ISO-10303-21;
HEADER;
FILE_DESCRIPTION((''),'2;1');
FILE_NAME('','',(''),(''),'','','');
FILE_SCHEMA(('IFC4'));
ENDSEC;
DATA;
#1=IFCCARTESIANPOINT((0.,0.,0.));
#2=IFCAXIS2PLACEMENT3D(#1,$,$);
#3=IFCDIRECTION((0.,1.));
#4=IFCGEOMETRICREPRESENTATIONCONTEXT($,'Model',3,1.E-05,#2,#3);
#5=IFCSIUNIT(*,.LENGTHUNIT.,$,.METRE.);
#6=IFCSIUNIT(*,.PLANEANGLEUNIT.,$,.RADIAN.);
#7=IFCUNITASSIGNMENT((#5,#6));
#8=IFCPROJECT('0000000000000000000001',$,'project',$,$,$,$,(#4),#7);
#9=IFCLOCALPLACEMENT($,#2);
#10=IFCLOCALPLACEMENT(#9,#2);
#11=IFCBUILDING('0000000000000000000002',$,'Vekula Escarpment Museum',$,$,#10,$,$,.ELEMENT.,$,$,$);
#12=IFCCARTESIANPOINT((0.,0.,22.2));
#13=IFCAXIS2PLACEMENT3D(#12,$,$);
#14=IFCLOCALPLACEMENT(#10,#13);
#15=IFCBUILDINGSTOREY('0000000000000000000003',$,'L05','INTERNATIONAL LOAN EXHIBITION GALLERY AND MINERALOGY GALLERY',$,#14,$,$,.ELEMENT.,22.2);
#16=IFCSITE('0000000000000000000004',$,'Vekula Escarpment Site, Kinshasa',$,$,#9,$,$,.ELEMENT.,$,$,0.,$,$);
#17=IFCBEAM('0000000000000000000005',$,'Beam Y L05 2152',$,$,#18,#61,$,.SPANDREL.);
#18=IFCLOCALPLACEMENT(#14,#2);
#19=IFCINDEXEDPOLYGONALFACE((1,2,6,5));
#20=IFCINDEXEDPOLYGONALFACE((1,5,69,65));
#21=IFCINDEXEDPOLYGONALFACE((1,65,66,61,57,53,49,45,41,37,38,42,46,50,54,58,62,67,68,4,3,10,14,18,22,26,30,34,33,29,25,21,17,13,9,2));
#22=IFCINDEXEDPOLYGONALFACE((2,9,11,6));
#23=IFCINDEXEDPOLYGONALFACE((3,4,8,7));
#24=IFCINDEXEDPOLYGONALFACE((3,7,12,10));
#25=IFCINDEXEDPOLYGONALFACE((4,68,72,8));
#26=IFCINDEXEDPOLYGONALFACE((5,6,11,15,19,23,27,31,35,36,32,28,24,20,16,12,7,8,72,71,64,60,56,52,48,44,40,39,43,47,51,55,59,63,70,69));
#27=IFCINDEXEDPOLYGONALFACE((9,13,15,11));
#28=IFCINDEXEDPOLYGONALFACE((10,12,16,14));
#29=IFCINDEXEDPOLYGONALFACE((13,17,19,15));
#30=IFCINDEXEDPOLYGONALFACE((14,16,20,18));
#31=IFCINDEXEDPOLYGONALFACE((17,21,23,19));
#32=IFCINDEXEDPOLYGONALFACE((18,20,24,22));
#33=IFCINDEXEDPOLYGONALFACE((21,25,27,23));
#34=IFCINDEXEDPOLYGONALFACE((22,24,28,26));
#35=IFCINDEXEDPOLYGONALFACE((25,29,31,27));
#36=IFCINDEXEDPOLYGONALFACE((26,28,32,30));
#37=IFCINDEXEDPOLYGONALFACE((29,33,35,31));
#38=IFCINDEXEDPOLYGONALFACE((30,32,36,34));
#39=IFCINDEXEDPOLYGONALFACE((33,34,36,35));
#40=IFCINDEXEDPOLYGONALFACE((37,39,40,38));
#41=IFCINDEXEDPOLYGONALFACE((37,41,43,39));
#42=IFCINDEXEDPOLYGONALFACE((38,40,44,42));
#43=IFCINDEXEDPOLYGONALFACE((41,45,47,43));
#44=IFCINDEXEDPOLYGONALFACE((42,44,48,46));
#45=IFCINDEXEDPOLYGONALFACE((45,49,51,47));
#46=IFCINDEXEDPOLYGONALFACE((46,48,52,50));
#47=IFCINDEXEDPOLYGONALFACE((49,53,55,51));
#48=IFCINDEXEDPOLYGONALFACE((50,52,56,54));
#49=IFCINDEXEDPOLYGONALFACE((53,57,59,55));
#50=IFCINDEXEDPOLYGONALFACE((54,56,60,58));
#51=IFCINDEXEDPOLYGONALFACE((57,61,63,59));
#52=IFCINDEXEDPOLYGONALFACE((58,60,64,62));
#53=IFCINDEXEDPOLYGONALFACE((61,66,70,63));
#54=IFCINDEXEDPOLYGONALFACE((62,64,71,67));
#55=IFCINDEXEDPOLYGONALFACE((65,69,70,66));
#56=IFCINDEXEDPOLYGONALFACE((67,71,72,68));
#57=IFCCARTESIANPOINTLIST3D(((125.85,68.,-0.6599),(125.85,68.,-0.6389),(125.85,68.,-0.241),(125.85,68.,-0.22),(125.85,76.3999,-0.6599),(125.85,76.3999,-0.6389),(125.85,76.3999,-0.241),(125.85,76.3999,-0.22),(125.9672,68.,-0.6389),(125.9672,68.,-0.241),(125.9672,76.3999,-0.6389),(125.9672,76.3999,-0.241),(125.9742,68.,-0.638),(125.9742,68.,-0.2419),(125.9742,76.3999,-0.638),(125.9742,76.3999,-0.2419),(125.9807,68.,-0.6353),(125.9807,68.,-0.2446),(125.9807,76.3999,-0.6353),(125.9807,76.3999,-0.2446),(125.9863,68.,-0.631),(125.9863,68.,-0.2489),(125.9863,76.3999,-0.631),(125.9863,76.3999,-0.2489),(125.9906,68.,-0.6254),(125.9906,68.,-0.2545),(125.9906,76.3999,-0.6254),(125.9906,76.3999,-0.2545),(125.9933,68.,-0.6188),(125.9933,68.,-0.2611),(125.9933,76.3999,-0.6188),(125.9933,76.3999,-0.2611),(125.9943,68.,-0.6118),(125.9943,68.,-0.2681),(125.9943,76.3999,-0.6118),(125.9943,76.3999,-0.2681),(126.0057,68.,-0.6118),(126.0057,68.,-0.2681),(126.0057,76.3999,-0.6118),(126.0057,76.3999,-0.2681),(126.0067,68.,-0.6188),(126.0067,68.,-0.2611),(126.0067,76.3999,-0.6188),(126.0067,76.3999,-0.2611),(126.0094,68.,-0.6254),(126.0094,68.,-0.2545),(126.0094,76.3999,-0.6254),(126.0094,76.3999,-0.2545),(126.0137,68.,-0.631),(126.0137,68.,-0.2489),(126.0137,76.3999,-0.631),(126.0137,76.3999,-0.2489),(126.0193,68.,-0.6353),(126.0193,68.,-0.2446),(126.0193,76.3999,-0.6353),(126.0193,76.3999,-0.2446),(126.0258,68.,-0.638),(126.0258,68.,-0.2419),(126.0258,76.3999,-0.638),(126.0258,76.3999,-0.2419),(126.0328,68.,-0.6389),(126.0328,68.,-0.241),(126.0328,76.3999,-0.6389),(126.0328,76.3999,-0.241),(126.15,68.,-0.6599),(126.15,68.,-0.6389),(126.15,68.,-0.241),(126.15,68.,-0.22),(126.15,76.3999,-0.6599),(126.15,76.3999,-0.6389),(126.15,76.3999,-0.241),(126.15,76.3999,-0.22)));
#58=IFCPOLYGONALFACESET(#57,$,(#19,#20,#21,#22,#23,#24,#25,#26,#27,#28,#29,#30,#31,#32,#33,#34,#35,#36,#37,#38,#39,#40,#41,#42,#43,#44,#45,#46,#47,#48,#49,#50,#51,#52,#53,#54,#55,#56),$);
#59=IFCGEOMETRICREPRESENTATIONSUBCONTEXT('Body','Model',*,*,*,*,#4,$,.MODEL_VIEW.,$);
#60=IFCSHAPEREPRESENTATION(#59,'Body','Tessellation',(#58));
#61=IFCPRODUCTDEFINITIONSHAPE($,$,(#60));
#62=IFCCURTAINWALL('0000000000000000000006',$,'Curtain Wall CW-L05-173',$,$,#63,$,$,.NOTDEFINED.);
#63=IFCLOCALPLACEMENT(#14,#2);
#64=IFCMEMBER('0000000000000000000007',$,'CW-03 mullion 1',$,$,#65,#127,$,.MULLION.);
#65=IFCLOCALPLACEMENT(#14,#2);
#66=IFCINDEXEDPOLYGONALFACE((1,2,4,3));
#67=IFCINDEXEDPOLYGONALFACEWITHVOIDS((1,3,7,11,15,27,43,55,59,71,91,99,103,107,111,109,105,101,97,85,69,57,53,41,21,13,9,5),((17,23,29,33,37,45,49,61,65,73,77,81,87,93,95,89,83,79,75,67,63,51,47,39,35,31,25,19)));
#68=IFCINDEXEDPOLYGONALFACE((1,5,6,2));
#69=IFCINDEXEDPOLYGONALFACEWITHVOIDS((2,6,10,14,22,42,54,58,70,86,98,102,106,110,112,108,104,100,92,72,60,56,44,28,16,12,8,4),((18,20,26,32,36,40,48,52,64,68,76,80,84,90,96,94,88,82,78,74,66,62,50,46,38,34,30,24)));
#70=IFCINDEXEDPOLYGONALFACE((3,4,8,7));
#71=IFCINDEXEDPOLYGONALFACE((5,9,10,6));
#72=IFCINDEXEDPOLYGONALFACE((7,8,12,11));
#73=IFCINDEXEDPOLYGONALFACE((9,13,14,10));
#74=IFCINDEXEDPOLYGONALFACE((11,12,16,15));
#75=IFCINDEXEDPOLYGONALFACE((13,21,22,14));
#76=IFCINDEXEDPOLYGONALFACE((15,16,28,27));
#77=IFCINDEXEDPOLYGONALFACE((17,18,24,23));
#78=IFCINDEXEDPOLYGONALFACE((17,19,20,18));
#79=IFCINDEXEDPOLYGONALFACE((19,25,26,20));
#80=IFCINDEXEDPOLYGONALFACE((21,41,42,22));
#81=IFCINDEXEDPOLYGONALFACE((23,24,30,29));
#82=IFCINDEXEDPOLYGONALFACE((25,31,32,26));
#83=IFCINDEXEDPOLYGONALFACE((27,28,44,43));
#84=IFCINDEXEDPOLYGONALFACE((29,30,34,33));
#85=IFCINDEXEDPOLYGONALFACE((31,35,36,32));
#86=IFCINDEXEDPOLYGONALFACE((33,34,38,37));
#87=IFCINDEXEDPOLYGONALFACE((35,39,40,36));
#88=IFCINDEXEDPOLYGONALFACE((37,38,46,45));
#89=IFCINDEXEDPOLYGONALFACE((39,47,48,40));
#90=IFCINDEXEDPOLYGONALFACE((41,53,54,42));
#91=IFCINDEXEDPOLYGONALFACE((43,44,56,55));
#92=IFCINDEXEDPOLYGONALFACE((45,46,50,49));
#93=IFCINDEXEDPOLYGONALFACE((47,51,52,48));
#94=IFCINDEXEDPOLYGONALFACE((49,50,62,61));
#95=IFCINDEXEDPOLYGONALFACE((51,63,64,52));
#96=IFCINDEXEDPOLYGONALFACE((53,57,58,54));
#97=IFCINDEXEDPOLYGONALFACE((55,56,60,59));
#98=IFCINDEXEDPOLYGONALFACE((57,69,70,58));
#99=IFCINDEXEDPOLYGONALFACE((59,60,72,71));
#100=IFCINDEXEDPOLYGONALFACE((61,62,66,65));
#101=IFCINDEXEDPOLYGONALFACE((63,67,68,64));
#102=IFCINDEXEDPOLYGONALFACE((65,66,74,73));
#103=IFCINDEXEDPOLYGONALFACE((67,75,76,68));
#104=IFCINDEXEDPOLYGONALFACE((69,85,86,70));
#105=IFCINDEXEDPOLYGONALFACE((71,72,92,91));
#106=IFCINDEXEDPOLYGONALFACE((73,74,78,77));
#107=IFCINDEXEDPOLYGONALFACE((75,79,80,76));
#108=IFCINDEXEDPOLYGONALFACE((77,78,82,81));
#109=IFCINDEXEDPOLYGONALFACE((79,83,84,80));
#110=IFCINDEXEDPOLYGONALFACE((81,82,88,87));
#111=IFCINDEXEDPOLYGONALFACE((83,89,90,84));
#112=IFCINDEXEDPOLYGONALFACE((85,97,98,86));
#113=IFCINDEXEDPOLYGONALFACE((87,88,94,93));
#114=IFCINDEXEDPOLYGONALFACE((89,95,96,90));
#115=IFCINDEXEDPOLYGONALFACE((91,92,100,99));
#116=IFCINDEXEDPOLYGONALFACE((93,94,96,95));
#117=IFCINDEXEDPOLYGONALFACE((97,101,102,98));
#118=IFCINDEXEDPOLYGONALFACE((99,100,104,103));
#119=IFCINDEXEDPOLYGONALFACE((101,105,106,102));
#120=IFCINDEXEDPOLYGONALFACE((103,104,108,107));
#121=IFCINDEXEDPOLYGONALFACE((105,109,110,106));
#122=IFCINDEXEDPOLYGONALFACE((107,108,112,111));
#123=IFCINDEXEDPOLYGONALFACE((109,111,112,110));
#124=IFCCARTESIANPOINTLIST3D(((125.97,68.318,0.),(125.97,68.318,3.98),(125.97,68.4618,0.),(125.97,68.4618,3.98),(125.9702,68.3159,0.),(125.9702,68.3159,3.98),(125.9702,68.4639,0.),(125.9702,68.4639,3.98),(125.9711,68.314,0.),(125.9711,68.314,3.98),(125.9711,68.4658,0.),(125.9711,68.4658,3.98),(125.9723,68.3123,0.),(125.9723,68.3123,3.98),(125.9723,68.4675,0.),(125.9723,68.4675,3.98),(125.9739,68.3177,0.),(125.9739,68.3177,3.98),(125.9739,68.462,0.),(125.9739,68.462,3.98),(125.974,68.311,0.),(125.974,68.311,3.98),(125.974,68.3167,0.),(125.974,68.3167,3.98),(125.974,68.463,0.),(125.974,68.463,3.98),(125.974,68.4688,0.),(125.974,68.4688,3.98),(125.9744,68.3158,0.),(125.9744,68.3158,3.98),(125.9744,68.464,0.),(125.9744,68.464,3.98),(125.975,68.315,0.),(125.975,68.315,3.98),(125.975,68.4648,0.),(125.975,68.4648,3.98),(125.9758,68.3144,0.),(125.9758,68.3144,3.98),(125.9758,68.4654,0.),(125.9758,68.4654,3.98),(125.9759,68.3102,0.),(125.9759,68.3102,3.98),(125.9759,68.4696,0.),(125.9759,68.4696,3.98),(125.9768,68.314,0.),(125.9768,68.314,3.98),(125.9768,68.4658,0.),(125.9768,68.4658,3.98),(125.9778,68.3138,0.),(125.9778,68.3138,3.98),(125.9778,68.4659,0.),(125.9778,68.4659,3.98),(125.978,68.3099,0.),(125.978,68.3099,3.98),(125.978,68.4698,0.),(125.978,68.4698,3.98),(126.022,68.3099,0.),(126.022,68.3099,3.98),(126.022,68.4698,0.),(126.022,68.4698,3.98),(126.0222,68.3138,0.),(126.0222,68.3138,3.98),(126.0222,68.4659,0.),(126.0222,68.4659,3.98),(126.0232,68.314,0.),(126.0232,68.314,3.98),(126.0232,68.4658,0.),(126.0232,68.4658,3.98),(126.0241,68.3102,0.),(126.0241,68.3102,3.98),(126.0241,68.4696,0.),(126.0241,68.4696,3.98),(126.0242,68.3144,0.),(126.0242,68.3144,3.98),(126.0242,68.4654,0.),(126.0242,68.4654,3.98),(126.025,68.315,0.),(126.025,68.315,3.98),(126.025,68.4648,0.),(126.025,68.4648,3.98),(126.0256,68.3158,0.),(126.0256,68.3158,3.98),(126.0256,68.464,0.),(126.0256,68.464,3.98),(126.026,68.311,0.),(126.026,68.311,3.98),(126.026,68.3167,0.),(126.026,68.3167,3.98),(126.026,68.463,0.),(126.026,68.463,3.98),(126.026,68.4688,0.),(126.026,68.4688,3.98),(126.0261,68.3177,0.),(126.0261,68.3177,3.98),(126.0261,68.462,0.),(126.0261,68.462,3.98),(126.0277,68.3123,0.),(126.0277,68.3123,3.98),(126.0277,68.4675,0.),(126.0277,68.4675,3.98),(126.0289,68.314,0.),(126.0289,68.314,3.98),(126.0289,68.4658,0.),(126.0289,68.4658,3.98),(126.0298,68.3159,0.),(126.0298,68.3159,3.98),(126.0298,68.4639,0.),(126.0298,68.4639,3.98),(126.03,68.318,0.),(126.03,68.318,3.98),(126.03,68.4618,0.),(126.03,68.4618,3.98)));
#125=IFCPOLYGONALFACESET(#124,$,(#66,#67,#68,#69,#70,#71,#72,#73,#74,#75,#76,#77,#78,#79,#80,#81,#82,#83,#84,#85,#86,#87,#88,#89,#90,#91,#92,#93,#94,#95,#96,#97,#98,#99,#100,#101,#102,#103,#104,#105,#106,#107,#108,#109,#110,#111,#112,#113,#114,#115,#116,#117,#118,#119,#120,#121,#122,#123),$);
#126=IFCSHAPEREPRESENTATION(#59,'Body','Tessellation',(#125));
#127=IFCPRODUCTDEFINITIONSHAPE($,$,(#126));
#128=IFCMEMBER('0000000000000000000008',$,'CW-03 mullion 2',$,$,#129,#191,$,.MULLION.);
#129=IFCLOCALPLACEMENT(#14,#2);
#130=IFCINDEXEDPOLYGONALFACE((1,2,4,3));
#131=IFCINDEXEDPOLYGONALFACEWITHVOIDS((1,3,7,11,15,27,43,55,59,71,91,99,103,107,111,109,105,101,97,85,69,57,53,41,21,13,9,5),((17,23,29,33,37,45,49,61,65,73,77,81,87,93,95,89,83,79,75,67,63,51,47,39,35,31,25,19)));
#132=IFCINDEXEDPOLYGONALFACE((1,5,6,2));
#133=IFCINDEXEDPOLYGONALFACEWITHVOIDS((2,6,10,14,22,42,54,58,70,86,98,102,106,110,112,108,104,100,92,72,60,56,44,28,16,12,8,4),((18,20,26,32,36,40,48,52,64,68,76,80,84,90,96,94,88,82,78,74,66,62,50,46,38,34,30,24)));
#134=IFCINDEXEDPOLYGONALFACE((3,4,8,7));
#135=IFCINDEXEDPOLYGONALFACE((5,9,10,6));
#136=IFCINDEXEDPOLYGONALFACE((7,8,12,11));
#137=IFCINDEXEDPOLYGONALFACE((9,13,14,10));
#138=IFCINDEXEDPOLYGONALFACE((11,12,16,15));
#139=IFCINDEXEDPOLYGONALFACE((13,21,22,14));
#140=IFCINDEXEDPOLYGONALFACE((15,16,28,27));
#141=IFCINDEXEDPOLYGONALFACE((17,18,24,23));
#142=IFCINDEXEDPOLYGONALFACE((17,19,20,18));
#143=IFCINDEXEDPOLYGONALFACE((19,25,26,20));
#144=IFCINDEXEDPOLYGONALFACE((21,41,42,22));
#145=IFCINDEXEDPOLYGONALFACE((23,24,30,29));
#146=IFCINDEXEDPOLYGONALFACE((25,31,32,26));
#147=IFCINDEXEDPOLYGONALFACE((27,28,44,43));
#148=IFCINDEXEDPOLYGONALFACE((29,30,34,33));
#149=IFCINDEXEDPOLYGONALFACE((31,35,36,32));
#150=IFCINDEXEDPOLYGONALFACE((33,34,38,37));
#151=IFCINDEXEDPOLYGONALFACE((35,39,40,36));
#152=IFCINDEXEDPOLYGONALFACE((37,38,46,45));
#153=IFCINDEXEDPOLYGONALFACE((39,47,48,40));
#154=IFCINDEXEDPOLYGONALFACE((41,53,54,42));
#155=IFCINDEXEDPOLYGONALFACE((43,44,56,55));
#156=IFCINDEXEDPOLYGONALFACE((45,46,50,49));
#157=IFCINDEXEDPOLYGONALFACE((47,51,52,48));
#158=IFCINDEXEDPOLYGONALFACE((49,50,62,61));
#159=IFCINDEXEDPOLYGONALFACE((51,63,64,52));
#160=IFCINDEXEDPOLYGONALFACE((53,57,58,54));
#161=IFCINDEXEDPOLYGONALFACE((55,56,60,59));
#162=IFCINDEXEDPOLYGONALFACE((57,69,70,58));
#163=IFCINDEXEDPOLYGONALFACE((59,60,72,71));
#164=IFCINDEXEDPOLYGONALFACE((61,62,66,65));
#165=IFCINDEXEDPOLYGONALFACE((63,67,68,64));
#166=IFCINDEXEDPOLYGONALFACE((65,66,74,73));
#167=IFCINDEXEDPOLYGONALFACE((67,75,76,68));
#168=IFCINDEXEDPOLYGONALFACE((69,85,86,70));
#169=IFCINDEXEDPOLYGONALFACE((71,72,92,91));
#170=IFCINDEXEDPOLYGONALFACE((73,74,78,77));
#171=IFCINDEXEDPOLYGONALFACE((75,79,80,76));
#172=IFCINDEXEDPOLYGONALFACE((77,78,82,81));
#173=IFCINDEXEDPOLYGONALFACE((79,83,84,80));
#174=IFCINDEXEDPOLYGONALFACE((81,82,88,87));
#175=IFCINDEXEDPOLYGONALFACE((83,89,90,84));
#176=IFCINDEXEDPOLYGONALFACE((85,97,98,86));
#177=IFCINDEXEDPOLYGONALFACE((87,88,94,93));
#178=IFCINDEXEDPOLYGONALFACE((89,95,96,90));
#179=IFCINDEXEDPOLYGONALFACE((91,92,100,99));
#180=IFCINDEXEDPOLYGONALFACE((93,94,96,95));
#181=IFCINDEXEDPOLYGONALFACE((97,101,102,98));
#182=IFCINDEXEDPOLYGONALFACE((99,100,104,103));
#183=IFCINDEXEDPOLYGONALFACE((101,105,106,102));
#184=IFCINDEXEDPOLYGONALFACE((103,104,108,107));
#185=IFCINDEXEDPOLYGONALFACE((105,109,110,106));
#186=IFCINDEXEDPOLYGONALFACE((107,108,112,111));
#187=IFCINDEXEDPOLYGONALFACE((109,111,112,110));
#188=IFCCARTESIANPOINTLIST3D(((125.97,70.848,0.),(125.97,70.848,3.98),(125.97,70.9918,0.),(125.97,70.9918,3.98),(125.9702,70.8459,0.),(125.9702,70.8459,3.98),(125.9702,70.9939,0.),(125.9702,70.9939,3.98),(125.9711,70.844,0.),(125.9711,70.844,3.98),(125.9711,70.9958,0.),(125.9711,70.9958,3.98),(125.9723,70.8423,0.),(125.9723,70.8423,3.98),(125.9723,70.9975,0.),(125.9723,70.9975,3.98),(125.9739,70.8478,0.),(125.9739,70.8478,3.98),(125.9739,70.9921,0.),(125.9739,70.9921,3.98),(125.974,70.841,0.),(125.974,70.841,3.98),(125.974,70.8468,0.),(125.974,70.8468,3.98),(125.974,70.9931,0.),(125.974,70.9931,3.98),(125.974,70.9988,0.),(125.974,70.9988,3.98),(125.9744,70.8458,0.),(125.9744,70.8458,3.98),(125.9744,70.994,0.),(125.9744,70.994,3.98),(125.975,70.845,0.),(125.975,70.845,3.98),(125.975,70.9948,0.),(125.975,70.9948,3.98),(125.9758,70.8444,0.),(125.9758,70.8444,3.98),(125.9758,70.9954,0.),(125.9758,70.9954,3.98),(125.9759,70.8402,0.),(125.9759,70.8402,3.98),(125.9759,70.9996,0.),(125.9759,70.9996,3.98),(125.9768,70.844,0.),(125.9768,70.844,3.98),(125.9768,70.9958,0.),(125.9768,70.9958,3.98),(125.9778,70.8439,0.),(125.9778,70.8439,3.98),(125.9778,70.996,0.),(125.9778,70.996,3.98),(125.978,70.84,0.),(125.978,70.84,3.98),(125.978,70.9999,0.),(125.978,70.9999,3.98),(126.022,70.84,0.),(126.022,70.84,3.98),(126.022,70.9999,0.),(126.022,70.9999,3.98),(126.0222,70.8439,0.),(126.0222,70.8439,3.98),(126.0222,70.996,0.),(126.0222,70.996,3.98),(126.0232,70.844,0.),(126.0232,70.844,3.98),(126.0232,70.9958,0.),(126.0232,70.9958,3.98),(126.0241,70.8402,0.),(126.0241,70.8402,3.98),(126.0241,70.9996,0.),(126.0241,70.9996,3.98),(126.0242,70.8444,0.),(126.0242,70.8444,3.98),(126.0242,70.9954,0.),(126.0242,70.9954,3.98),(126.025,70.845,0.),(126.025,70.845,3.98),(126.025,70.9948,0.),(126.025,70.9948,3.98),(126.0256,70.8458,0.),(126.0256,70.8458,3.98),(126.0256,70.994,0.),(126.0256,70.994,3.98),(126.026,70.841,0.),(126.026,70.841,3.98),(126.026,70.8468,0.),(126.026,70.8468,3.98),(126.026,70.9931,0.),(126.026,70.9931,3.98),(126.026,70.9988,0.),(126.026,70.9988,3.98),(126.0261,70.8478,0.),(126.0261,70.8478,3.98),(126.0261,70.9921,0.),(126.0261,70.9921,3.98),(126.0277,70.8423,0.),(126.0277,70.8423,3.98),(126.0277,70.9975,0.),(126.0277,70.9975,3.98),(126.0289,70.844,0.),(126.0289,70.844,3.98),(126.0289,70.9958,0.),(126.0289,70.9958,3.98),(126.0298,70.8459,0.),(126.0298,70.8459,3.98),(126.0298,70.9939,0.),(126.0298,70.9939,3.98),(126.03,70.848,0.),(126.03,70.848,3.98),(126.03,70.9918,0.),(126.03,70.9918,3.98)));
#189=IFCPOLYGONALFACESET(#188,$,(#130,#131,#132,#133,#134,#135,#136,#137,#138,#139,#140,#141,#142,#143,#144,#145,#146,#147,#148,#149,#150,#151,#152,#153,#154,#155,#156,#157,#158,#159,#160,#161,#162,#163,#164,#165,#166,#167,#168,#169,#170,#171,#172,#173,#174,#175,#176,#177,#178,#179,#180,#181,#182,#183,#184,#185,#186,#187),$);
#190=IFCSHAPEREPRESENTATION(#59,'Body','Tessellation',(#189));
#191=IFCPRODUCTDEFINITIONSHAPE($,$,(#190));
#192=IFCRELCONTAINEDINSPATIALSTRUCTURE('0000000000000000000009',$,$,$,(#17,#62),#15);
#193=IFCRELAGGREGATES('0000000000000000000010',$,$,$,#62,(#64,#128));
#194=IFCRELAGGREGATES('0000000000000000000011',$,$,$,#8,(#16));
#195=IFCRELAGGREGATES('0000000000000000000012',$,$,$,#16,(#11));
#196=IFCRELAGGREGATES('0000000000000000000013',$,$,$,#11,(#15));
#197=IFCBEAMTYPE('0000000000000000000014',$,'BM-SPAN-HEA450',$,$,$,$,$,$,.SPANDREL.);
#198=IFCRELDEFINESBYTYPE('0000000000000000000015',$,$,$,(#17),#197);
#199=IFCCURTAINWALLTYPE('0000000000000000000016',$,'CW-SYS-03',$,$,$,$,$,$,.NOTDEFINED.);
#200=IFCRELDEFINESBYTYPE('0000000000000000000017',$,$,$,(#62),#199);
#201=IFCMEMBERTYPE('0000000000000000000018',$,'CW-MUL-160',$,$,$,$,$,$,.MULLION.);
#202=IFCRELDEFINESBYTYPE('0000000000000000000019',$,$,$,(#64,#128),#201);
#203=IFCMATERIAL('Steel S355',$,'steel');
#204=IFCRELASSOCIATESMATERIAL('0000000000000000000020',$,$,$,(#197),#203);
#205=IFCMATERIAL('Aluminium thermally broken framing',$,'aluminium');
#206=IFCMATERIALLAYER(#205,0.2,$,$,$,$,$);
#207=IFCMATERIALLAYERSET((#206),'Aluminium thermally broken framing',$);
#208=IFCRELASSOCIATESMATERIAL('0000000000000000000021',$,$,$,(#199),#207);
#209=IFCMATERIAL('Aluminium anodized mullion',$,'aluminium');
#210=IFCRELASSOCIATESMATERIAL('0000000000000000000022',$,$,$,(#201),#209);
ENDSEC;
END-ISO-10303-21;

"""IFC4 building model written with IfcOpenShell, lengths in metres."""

from ifc_helpers import new_model, si_unit, direction, frame, origin, origin_2d, place, context, subcontext, project, spatial, hollow_rectangle, i_section, extrude, material, layer, layer_set, material_profile, profile_set, type_object, element, aggregate, save


model = new_model("IFC4")

# Units and contexts
model_context = context("Model", 3, precision=1e-05, world=origin(), true_north=direction((0.0, 1.0)))
body_context = subcontext(model_context, "Body", "Model", "MODEL_VIEW")
ifc_project = project(units=[si_unit("LENGTHUNIT", "METRE"), si_unit("PLANEANGLEUNIT", "RADIAN")], contexts=[model_context])

# Site, building, storey
site_placement = place(None, origin())
site = spatial("IfcSite", under=ifc_project, at=site_placement, Name="Vekula Escarpment Site, Kinshasa", CompositionType="ELEMENT", RefElevation=0.0)
building_placement = place(site_placement, origin())
building = spatial("IfcBuilding", under=site, at=building_placement, Name="Vekula Escarpment Museum", CompositionType="ELEMENT")
storey_placement = place(building_placement, frame((0.0, 0.0, 22.2)))
storey = spatial("IfcBuildingStorey", under=building, at=storey_placement, Name="L05", Description="INTERNATIONAL LOAN EXHIBITION GALLERY AND MINERALOGY GALLERY", CompositionType="ELEMENT", Elevation=22.2)

# Beam
ifc_material_1 = material(Name="Steel S355", Category="steel")
ifc_material_profile_1 = material_profile(ifc_material_1, i_section(OverallWidth=0.3, OverallDepth=0.4399, WebThickness=0.0115, FlangeThickness=0.021, FilletRadius=0.0271, at=origin_2d()), Name="HEA 450")
ifc_profile_set_1 = profile_set([ifc_material_profile_1], Name="Steel S355")
beam_type = type_object("IfcBeamType", Name="BM-SPAN-HEA450", PredefinedType="SPANDREL", material=ifc_profile_set_1)
beam_placement = place(storey_placement, frame((126.0, 68.0, -0.4399), z_axis=(0.0, 1.0, 0.0), x_axis=(-1.0, 0.0, 0.0)))
element("IfcBeam", 1, at=beam_placement, inside=storey, type_object=beam_type, Name="Beam Y L05 2152", PredefinedType="SPANDREL", context=body_context, shape_type="SweptSolid", body=[
    extrude(i_section(OverallWidth=0.3, OverallDepth=0.4399, WebThickness=0.0115, FlangeThickness=0.021, FilletRadius=0.0271, at=origin_2d()), origin(), (0.0, 0.0, 1.0), 8.3999),
])

# Curtain wall, members
ifc_material_2 = material(Name="Aluminium thermally broken framing", Category="aluminium")
ifc_layer_1 = layer(ifc_material_2, 0.2)
ifc_layer_set_1 = layer_set([ifc_layer_1], Name="Aluminium thermally broken framing")
curtain_wall_type = type_object("IfcCurtainWallType", Name="CW-SYS-03", PredefinedType="NOTDEFINED", material=ifc_layer_set_1)
curtain_wall_placement = place(storey_placement, origin())
curtain_wall = element("IfcCurtainWall", 2, at=curtain_wall_placement, inside=storey, type_object=curtain_wall_type, Name="Curtain Wall CW-L05-173", PredefinedType="NOTDEFINED")
ifc_material_3 = material(Name="Aluminium anodized mullion", Category="aluminium")
ifc_material_profile_2 = material_profile(ifc_material_3, hollow_rectangle(XDim=0.0601, YDim=0.1599, WallThickness=0.0039, InnerFilletRadius=0.0039, OuterFilletRadius=0.0081, at=origin_2d()), Name="ALU 160x60x4")
ifc_profile_set_2 = profile_set([ifc_material_profile_2], Name="Aluminium anodized mullion")
member_type_1 = type_object("IfcMemberType", Name="CW-MUL-160", PredefinedType="MULLION", material=ifc_profile_set_2)
member_1_placement = place(storey_placement, frame((126.0, 68.3899, 0.0), z_axis=(0.0, 0.0, 1.0), x_axis=(-1.0, 0.0, 0.0)))
member_1 = element("IfcMember", 3, at=member_1_placement, type_object=member_type_1, Name="CW-03 mullion 1", PredefinedType="MULLION", context=body_context, shape_type="SweptSolid", body=[
    extrude(hollow_rectangle(XDim=0.0601, YDim=0.1599, WallThickness=0.0039, InnerFilletRadius=0.0039, OuterFilletRadius=0.0081, at=origin_2d()), origin(), (0.0, 0.0, 1.0), 3.98),
])
member_2_placement = place(storey_placement, frame((126.0, 70.9199, 0.0), z_axis=(0.0, 0.0, 1.0), x_axis=(-1.0, 0.0, 0.0)))
member_2 = element("IfcMember", 4, at=member_2_placement, type_object=member_type_1, Name="CW-03 mullion 2", PredefinedType="MULLION", context=body_context, shape_type="SweptSolid", body=[
    extrude(hollow_rectangle(XDim=0.0601, YDim=0.1599, WallThickness=0.0039, InnerFilletRadius=0.0039, OuterFilletRadius=0.0081, at=origin_2d()), origin(), (0.0, 0.0, 1.0), 3.98),
])
aggregate(curtain_wall, [member_1, member_2])

save(model, "model.ifc")
